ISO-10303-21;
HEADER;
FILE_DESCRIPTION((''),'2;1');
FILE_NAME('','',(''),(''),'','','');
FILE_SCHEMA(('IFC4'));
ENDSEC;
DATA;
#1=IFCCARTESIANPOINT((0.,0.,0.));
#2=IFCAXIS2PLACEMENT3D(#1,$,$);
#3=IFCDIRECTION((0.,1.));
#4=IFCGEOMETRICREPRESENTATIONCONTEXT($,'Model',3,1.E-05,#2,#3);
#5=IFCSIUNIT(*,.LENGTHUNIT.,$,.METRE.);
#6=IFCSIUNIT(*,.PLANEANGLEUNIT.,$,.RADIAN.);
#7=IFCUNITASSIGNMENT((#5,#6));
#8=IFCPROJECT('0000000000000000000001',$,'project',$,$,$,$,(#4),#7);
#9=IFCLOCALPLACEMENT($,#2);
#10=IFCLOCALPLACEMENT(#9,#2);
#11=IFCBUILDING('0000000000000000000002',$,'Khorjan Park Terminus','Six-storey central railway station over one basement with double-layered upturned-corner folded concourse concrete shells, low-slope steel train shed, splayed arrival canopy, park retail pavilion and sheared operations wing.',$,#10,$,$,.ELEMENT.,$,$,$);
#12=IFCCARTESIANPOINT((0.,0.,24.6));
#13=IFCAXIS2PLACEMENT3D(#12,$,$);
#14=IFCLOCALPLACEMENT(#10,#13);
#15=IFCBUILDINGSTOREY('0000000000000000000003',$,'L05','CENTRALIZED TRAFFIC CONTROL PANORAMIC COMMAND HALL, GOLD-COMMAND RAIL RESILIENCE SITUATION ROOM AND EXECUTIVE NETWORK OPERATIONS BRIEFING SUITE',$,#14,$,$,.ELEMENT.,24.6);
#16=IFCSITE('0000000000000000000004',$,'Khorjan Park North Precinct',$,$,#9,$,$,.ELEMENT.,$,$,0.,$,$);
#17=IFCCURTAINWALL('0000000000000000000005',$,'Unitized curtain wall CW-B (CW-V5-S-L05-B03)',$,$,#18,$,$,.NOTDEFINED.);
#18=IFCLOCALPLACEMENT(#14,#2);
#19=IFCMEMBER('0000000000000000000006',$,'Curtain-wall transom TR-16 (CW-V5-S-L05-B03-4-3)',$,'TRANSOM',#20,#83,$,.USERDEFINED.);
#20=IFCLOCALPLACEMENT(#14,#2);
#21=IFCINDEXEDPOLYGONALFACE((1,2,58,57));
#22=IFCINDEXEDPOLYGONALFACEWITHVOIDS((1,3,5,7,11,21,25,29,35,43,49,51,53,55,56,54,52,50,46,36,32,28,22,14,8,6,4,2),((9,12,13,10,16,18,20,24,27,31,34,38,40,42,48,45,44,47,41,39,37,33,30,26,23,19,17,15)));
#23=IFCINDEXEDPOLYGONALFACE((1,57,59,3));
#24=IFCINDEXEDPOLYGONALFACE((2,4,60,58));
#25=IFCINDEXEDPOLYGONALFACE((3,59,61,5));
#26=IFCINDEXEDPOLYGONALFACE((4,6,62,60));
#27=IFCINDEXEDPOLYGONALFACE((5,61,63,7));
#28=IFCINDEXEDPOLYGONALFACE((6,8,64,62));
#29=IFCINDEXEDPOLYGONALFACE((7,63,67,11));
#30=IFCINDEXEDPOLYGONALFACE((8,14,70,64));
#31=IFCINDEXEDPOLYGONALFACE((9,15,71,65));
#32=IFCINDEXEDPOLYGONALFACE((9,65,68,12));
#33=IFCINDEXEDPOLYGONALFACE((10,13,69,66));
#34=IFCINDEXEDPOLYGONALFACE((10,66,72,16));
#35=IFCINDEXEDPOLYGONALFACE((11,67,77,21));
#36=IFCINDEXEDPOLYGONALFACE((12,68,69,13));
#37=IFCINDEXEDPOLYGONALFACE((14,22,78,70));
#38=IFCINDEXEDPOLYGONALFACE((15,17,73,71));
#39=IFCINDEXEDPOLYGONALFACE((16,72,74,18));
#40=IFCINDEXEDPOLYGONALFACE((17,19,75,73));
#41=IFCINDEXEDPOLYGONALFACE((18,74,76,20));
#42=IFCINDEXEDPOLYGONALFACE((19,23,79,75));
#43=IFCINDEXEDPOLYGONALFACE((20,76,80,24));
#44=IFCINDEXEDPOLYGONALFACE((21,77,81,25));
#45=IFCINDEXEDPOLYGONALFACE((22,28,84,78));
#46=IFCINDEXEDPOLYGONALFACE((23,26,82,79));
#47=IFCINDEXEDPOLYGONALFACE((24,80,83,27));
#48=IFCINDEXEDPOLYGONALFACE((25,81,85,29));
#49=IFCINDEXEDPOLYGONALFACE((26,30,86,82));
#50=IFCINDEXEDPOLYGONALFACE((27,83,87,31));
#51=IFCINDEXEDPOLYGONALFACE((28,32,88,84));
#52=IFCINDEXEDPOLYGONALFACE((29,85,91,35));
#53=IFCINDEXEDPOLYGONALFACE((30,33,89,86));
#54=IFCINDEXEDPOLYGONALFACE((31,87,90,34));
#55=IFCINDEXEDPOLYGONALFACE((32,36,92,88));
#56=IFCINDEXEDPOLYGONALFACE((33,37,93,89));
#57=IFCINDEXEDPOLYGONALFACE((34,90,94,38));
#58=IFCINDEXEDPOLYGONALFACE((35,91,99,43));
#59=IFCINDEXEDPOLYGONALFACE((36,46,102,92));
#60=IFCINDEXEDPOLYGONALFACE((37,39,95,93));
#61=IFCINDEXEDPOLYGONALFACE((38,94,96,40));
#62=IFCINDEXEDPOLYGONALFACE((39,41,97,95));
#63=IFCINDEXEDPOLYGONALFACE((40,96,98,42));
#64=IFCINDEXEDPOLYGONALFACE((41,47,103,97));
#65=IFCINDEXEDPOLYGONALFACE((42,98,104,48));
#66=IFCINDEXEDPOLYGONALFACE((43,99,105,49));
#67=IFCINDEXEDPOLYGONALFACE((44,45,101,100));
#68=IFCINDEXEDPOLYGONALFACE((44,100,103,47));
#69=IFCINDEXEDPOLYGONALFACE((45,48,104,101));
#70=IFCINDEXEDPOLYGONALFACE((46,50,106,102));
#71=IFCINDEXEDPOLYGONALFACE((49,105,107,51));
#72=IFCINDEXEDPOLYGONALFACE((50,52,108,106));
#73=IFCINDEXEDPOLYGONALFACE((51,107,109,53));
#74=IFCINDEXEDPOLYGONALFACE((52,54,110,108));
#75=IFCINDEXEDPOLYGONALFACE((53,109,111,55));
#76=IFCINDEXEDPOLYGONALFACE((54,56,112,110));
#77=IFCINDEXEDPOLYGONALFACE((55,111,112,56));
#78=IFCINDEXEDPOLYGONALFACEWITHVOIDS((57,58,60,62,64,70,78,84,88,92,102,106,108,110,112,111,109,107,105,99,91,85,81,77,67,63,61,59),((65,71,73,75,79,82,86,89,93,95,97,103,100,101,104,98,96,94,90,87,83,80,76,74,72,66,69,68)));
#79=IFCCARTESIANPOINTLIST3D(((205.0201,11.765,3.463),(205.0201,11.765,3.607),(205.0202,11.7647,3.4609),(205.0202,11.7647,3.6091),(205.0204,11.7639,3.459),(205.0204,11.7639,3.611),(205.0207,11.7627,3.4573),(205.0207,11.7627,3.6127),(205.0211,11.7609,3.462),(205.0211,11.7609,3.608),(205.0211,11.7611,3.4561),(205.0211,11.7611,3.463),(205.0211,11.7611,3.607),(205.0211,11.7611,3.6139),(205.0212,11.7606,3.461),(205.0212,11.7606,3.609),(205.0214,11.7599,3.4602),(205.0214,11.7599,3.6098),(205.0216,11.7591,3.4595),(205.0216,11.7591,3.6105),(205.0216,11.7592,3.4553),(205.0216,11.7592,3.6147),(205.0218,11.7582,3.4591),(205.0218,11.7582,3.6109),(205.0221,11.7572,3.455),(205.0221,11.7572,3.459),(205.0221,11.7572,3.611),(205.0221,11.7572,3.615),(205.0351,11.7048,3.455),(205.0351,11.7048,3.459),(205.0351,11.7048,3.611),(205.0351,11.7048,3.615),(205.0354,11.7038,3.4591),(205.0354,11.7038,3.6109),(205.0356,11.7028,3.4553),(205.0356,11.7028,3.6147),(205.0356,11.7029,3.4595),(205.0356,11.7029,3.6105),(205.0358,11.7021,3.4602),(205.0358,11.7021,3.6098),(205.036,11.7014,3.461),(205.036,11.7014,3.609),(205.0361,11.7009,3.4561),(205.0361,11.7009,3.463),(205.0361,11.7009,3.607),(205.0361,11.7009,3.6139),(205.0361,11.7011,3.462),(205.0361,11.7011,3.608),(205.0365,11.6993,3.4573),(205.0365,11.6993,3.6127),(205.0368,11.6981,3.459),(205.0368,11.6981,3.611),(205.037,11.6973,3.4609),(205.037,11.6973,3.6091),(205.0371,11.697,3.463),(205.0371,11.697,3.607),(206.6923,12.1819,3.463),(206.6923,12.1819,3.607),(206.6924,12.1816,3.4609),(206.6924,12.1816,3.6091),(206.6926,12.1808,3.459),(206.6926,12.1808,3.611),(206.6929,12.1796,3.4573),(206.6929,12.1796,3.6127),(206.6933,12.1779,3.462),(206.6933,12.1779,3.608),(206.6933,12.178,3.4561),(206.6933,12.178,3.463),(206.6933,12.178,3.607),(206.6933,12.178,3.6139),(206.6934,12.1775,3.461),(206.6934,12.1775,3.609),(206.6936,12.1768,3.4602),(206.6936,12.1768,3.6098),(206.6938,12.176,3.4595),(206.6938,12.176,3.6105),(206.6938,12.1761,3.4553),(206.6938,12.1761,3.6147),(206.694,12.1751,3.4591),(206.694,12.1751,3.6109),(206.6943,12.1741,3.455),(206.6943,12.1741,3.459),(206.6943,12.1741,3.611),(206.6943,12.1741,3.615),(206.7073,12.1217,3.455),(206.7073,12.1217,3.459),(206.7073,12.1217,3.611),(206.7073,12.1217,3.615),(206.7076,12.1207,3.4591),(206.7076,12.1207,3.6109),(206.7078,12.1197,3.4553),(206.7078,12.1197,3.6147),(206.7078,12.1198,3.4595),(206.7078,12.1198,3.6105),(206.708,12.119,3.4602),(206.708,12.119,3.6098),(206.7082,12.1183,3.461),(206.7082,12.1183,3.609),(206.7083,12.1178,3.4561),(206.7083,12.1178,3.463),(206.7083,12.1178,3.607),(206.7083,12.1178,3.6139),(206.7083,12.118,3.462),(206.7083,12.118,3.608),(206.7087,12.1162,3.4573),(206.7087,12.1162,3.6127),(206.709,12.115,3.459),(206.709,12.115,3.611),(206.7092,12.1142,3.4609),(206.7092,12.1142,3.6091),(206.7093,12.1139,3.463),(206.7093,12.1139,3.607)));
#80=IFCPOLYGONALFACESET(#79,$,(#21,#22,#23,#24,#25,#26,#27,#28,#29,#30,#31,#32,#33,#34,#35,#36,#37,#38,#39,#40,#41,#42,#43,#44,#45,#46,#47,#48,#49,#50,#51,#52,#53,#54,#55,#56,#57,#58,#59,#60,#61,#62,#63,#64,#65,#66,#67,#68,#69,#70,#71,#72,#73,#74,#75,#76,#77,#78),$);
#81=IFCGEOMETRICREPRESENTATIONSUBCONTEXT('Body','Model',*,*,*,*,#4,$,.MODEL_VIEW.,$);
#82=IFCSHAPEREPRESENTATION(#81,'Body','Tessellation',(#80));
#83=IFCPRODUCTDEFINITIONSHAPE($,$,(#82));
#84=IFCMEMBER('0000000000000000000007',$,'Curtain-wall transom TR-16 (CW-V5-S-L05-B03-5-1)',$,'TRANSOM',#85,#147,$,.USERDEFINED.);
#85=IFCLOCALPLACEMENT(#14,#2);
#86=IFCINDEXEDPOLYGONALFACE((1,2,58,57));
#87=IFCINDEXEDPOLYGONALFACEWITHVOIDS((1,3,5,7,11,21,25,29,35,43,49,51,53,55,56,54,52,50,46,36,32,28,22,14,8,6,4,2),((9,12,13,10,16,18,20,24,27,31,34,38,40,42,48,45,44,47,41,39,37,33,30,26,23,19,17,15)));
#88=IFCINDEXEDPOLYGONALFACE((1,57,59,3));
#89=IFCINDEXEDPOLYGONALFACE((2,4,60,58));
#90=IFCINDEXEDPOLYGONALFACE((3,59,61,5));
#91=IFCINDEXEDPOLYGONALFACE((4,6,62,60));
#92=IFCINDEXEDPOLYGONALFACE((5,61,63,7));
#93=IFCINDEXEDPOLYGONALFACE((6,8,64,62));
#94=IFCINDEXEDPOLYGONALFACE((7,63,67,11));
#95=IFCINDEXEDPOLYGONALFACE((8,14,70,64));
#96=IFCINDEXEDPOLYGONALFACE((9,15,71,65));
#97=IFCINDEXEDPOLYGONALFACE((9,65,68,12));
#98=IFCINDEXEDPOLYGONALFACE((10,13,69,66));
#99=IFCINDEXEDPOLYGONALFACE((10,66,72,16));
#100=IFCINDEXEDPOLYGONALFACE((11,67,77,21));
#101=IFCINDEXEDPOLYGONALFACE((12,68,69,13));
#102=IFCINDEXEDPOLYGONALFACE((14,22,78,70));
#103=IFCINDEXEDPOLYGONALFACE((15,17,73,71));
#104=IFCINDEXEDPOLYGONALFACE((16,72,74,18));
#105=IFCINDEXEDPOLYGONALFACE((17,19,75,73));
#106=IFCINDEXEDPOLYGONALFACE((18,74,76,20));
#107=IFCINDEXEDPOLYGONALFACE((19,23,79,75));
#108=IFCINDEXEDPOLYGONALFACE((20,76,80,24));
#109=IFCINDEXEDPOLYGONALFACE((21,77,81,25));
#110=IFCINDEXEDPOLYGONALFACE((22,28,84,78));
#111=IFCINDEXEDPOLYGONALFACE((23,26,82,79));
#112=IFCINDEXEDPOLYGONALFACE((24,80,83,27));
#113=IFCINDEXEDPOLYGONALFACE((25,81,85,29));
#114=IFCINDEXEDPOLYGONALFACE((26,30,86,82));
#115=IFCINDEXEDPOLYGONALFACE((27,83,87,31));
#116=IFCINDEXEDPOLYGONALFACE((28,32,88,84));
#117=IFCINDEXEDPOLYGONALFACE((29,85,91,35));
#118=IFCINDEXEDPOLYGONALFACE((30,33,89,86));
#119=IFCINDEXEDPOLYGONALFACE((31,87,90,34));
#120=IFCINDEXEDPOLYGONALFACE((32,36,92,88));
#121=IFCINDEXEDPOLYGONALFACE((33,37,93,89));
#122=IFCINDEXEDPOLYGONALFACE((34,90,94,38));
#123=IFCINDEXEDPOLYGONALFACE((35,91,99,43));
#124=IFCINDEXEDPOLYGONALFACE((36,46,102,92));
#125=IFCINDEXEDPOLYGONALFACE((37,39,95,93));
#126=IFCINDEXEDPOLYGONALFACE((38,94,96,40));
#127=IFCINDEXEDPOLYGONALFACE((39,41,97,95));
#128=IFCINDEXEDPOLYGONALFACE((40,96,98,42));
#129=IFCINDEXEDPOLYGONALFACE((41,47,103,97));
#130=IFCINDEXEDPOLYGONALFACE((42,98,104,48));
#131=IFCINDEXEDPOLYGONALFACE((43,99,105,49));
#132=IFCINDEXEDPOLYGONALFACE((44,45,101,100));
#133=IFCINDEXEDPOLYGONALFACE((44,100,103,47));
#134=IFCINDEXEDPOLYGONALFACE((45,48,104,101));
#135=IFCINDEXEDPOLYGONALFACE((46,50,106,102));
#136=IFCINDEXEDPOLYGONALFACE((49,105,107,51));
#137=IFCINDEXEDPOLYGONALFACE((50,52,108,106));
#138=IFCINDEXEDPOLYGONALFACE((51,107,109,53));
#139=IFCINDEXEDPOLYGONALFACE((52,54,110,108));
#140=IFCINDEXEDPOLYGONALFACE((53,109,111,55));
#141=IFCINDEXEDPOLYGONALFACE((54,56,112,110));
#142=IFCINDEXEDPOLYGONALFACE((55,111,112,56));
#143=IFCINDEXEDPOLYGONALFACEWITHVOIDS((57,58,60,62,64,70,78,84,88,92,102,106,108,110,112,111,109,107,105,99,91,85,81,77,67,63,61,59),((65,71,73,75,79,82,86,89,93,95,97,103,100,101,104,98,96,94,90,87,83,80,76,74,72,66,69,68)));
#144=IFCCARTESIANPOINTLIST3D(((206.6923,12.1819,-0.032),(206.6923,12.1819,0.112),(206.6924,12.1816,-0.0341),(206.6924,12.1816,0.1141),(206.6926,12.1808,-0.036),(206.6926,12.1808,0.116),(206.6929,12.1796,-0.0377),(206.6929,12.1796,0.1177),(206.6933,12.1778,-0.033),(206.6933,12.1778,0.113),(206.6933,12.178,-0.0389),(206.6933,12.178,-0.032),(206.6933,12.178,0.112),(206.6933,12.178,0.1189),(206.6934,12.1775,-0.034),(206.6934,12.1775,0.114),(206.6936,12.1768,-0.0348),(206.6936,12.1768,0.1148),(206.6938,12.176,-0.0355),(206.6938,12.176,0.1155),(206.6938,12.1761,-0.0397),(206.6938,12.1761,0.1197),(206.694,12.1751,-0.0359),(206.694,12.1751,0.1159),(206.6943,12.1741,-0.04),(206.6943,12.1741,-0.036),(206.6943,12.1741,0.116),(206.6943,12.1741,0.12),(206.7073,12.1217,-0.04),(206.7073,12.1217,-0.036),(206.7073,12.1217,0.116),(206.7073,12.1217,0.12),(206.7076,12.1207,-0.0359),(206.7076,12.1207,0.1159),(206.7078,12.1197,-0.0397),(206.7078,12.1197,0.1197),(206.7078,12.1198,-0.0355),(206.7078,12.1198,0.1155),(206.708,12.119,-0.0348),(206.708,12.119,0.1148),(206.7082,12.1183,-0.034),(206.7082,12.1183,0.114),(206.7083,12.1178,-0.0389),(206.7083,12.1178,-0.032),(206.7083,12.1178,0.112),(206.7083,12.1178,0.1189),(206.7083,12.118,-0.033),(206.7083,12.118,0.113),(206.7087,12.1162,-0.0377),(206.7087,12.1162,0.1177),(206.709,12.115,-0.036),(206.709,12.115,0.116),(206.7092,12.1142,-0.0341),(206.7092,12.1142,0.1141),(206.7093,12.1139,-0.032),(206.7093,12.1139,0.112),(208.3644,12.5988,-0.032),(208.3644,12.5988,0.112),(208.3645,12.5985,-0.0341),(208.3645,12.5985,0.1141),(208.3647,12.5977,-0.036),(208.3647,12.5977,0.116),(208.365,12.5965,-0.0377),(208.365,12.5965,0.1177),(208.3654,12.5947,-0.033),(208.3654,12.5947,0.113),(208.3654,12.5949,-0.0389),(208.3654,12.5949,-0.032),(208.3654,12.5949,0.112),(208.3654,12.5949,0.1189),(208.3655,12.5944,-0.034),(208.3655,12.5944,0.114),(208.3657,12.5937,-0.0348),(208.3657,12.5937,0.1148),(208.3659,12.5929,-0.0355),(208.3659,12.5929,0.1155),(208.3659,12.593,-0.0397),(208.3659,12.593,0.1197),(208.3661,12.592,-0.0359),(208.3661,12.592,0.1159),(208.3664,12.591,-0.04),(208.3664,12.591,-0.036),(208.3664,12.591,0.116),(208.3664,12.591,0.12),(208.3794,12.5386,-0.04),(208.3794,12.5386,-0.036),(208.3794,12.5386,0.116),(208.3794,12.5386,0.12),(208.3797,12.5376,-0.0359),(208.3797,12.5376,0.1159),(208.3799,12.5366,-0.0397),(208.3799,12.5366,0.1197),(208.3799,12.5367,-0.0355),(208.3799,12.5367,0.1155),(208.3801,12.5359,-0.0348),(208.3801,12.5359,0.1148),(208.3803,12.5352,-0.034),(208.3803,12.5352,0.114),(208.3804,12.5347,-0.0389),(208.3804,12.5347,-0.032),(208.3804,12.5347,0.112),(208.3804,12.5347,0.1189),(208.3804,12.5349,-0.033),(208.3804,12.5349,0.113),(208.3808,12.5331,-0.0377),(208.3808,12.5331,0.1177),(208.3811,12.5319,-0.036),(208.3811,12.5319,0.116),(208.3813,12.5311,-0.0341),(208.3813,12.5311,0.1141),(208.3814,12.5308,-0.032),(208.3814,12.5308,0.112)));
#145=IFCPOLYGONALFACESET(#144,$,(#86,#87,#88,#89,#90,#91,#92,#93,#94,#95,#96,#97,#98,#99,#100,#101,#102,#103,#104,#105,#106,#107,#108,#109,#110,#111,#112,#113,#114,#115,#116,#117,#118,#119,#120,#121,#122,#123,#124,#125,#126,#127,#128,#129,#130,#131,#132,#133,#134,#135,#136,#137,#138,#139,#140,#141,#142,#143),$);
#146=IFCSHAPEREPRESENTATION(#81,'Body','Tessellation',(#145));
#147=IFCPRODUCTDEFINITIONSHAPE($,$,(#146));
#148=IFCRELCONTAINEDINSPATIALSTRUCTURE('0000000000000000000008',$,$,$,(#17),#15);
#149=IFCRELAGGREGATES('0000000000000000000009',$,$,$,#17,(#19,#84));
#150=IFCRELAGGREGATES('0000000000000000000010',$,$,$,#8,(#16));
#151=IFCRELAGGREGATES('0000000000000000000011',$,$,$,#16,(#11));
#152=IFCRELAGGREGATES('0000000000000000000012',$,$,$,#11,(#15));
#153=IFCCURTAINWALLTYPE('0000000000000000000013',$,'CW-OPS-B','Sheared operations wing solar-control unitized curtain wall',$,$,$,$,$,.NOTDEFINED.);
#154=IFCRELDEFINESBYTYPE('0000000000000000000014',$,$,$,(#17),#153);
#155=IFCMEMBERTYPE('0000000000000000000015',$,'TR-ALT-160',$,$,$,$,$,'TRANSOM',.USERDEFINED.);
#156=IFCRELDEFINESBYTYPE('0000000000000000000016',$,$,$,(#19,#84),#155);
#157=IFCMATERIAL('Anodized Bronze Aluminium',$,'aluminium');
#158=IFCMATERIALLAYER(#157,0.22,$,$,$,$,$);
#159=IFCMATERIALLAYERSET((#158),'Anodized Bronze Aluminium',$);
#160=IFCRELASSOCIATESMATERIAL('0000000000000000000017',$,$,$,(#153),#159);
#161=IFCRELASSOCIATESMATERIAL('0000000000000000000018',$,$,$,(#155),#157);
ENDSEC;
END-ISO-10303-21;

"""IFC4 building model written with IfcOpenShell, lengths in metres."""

from ifc_helpers import new_model, si_unit, direction, frame, origin, origin_2d, place, context, subcontext, project, spatial, hollow_rectangle, extrude, material, layer, layer_set, material_profile, profile_set, type_object, element, aggregate, save


model = new_model("IFC4")

# Units and contexts
model_context = context("Model", 3, precision=1e-05, world=origin(), true_north=direction((0.0, 1.0)))
body_context = subcontext(model_context, "Body", "Model", "MODEL_VIEW")
ifc_project = project(units=[si_unit("LENGTHUNIT", "METRE"), si_unit("PLANEANGLEUNIT", "RADIAN")], contexts=[model_context])

# Site, building, storey
site_placement = place(None, origin())
site = spatial("IfcSite", under=ifc_project, at=site_placement, Name="Khorjan Park North Precinct", CompositionType="ELEMENT", RefElevation=0.0)
building_placement = place(site_placement, origin())
building = spatial("IfcBuilding", under=site, at=building_placement, Name="Khorjan Park Terminus", Description="Six-storey central railway station over one basement with double-layered upturned-corner folded concourse concrete shells, low-slope steel train shed, splayed arrival canopy, park retail pavilion and sheared operations wing.", CompositionType="ELEMENT")
storey_placement = place(building_placement, frame((0.0, 0.0, 24.6)))
storey = spatial("IfcBuildingStorey", under=building, at=storey_placement, Name="L05", Description="CENTRALIZED TRAFFIC CONTROL PANORAMIC COMMAND HALL, GOLD-COMMAND RAIL RESILIENCE SITUATION ROOM AND EXECUTIVE NETWORK OPERATIONS BRIEFING SUITE", CompositionType="ELEMENT", Elevation=24.6)

# Curtain wall, members
ifc_material_1 = material(Name="Anodized Bronze Aluminium", Category="aluminium")
ifc_layer_1 = layer(ifc_material_1, 0.22)
ifc_layer_set_1 = layer_set([ifc_layer_1], Name="Anodized Bronze Aluminium")
curtain_wall_type = type_object("IfcCurtainWallType", Name="CW-OPS-B", Description="Sheared operations wing solar-control unitized curtain wall", PredefinedType="NOTDEFINED", material=ifc_layer_set_1)
curtain_wall_placement = place(storey_placement, origin())
curtain_wall = element("IfcCurtainWall", 1, at=curtain_wall_placement, inside=storey, type_object=curtain_wall_type, Name="Unitized curtain wall CW-B (CW-V5-S-L05-B03)", PredefinedType="NOTDEFINED")
ifc_material_profile_1 = material_profile(ifc_material_1, hollow_rectangle(XDim=0.07, YDim=0.16, WallThickness=0.004, InnerFilletRadius=0.004, OuterFilletRadius=0.008, at=origin_2d()), Name="ALT 70x160x4")
ifc_profile_set_1 = profile_set([ifc_material_profile_1], Name="Anodized Bronze Aluminium")
member_type_1 = type_object("IfcMemberType", Name="TR-ALT-160", ElementType="TRANSOM", PredefinedType="USERDEFINED", material=ifc_profile_set_1)
member_1_placement = place(storey_placement, frame((205.0286, 11.731, 3.535), z_axis=(0.970299, 0.241908, 0.0), x_axis=(-0.241908, 0.970299, 0.0)))
member_1 = element("IfcMember", 2, at=member_1_placement, type_object=member_type_1, Name="Curtain-wall transom TR-16 (CW-V5-S-L05-B03-4-3)", ObjectType="TRANSOM", PredefinedType="USERDEFINED", context=body_context, shape_type="SweptSolid", body=[
    extrude(hollow_rectangle(XDim=0.07, YDim=0.16, WallThickness=0.004, InnerFilletRadius=0.004, OuterFilletRadius=0.008, at=origin_2d()), origin(), (0.0, 0.0, 1.0), 1.7234),
])
member_2_placement = place(storey_placement, frame((206.7008, 12.1479, 0.04), z_axis=(0.970296, 0.241921, 0.0), x_axis=(-0.241921, 0.970296, 0.0)))
member_2 = element("IfcMember", 3, at=member_2_placement, type_object=member_type_1, Name="Curtain-wall transom TR-16 (CW-V5-S-L05-B03-5-1)", ObjectType="TRANSOM", PredefinedType="USERDEFINED", context=body_context, shape_type="SweptSolid", body=[
    extrude(hollow_rectangle(XDim=0.07, YDim=0.16, WallThickness=0.004, InnerFilletRadius=0.004, OuterFilletRadius=0.008, at=origin_2d()), origin(), (0.0, 0.0, 1.0), 1.7233),
])
aggregate(curtain_wall, [member_1, member_2])

save(model, "model.ifc")
